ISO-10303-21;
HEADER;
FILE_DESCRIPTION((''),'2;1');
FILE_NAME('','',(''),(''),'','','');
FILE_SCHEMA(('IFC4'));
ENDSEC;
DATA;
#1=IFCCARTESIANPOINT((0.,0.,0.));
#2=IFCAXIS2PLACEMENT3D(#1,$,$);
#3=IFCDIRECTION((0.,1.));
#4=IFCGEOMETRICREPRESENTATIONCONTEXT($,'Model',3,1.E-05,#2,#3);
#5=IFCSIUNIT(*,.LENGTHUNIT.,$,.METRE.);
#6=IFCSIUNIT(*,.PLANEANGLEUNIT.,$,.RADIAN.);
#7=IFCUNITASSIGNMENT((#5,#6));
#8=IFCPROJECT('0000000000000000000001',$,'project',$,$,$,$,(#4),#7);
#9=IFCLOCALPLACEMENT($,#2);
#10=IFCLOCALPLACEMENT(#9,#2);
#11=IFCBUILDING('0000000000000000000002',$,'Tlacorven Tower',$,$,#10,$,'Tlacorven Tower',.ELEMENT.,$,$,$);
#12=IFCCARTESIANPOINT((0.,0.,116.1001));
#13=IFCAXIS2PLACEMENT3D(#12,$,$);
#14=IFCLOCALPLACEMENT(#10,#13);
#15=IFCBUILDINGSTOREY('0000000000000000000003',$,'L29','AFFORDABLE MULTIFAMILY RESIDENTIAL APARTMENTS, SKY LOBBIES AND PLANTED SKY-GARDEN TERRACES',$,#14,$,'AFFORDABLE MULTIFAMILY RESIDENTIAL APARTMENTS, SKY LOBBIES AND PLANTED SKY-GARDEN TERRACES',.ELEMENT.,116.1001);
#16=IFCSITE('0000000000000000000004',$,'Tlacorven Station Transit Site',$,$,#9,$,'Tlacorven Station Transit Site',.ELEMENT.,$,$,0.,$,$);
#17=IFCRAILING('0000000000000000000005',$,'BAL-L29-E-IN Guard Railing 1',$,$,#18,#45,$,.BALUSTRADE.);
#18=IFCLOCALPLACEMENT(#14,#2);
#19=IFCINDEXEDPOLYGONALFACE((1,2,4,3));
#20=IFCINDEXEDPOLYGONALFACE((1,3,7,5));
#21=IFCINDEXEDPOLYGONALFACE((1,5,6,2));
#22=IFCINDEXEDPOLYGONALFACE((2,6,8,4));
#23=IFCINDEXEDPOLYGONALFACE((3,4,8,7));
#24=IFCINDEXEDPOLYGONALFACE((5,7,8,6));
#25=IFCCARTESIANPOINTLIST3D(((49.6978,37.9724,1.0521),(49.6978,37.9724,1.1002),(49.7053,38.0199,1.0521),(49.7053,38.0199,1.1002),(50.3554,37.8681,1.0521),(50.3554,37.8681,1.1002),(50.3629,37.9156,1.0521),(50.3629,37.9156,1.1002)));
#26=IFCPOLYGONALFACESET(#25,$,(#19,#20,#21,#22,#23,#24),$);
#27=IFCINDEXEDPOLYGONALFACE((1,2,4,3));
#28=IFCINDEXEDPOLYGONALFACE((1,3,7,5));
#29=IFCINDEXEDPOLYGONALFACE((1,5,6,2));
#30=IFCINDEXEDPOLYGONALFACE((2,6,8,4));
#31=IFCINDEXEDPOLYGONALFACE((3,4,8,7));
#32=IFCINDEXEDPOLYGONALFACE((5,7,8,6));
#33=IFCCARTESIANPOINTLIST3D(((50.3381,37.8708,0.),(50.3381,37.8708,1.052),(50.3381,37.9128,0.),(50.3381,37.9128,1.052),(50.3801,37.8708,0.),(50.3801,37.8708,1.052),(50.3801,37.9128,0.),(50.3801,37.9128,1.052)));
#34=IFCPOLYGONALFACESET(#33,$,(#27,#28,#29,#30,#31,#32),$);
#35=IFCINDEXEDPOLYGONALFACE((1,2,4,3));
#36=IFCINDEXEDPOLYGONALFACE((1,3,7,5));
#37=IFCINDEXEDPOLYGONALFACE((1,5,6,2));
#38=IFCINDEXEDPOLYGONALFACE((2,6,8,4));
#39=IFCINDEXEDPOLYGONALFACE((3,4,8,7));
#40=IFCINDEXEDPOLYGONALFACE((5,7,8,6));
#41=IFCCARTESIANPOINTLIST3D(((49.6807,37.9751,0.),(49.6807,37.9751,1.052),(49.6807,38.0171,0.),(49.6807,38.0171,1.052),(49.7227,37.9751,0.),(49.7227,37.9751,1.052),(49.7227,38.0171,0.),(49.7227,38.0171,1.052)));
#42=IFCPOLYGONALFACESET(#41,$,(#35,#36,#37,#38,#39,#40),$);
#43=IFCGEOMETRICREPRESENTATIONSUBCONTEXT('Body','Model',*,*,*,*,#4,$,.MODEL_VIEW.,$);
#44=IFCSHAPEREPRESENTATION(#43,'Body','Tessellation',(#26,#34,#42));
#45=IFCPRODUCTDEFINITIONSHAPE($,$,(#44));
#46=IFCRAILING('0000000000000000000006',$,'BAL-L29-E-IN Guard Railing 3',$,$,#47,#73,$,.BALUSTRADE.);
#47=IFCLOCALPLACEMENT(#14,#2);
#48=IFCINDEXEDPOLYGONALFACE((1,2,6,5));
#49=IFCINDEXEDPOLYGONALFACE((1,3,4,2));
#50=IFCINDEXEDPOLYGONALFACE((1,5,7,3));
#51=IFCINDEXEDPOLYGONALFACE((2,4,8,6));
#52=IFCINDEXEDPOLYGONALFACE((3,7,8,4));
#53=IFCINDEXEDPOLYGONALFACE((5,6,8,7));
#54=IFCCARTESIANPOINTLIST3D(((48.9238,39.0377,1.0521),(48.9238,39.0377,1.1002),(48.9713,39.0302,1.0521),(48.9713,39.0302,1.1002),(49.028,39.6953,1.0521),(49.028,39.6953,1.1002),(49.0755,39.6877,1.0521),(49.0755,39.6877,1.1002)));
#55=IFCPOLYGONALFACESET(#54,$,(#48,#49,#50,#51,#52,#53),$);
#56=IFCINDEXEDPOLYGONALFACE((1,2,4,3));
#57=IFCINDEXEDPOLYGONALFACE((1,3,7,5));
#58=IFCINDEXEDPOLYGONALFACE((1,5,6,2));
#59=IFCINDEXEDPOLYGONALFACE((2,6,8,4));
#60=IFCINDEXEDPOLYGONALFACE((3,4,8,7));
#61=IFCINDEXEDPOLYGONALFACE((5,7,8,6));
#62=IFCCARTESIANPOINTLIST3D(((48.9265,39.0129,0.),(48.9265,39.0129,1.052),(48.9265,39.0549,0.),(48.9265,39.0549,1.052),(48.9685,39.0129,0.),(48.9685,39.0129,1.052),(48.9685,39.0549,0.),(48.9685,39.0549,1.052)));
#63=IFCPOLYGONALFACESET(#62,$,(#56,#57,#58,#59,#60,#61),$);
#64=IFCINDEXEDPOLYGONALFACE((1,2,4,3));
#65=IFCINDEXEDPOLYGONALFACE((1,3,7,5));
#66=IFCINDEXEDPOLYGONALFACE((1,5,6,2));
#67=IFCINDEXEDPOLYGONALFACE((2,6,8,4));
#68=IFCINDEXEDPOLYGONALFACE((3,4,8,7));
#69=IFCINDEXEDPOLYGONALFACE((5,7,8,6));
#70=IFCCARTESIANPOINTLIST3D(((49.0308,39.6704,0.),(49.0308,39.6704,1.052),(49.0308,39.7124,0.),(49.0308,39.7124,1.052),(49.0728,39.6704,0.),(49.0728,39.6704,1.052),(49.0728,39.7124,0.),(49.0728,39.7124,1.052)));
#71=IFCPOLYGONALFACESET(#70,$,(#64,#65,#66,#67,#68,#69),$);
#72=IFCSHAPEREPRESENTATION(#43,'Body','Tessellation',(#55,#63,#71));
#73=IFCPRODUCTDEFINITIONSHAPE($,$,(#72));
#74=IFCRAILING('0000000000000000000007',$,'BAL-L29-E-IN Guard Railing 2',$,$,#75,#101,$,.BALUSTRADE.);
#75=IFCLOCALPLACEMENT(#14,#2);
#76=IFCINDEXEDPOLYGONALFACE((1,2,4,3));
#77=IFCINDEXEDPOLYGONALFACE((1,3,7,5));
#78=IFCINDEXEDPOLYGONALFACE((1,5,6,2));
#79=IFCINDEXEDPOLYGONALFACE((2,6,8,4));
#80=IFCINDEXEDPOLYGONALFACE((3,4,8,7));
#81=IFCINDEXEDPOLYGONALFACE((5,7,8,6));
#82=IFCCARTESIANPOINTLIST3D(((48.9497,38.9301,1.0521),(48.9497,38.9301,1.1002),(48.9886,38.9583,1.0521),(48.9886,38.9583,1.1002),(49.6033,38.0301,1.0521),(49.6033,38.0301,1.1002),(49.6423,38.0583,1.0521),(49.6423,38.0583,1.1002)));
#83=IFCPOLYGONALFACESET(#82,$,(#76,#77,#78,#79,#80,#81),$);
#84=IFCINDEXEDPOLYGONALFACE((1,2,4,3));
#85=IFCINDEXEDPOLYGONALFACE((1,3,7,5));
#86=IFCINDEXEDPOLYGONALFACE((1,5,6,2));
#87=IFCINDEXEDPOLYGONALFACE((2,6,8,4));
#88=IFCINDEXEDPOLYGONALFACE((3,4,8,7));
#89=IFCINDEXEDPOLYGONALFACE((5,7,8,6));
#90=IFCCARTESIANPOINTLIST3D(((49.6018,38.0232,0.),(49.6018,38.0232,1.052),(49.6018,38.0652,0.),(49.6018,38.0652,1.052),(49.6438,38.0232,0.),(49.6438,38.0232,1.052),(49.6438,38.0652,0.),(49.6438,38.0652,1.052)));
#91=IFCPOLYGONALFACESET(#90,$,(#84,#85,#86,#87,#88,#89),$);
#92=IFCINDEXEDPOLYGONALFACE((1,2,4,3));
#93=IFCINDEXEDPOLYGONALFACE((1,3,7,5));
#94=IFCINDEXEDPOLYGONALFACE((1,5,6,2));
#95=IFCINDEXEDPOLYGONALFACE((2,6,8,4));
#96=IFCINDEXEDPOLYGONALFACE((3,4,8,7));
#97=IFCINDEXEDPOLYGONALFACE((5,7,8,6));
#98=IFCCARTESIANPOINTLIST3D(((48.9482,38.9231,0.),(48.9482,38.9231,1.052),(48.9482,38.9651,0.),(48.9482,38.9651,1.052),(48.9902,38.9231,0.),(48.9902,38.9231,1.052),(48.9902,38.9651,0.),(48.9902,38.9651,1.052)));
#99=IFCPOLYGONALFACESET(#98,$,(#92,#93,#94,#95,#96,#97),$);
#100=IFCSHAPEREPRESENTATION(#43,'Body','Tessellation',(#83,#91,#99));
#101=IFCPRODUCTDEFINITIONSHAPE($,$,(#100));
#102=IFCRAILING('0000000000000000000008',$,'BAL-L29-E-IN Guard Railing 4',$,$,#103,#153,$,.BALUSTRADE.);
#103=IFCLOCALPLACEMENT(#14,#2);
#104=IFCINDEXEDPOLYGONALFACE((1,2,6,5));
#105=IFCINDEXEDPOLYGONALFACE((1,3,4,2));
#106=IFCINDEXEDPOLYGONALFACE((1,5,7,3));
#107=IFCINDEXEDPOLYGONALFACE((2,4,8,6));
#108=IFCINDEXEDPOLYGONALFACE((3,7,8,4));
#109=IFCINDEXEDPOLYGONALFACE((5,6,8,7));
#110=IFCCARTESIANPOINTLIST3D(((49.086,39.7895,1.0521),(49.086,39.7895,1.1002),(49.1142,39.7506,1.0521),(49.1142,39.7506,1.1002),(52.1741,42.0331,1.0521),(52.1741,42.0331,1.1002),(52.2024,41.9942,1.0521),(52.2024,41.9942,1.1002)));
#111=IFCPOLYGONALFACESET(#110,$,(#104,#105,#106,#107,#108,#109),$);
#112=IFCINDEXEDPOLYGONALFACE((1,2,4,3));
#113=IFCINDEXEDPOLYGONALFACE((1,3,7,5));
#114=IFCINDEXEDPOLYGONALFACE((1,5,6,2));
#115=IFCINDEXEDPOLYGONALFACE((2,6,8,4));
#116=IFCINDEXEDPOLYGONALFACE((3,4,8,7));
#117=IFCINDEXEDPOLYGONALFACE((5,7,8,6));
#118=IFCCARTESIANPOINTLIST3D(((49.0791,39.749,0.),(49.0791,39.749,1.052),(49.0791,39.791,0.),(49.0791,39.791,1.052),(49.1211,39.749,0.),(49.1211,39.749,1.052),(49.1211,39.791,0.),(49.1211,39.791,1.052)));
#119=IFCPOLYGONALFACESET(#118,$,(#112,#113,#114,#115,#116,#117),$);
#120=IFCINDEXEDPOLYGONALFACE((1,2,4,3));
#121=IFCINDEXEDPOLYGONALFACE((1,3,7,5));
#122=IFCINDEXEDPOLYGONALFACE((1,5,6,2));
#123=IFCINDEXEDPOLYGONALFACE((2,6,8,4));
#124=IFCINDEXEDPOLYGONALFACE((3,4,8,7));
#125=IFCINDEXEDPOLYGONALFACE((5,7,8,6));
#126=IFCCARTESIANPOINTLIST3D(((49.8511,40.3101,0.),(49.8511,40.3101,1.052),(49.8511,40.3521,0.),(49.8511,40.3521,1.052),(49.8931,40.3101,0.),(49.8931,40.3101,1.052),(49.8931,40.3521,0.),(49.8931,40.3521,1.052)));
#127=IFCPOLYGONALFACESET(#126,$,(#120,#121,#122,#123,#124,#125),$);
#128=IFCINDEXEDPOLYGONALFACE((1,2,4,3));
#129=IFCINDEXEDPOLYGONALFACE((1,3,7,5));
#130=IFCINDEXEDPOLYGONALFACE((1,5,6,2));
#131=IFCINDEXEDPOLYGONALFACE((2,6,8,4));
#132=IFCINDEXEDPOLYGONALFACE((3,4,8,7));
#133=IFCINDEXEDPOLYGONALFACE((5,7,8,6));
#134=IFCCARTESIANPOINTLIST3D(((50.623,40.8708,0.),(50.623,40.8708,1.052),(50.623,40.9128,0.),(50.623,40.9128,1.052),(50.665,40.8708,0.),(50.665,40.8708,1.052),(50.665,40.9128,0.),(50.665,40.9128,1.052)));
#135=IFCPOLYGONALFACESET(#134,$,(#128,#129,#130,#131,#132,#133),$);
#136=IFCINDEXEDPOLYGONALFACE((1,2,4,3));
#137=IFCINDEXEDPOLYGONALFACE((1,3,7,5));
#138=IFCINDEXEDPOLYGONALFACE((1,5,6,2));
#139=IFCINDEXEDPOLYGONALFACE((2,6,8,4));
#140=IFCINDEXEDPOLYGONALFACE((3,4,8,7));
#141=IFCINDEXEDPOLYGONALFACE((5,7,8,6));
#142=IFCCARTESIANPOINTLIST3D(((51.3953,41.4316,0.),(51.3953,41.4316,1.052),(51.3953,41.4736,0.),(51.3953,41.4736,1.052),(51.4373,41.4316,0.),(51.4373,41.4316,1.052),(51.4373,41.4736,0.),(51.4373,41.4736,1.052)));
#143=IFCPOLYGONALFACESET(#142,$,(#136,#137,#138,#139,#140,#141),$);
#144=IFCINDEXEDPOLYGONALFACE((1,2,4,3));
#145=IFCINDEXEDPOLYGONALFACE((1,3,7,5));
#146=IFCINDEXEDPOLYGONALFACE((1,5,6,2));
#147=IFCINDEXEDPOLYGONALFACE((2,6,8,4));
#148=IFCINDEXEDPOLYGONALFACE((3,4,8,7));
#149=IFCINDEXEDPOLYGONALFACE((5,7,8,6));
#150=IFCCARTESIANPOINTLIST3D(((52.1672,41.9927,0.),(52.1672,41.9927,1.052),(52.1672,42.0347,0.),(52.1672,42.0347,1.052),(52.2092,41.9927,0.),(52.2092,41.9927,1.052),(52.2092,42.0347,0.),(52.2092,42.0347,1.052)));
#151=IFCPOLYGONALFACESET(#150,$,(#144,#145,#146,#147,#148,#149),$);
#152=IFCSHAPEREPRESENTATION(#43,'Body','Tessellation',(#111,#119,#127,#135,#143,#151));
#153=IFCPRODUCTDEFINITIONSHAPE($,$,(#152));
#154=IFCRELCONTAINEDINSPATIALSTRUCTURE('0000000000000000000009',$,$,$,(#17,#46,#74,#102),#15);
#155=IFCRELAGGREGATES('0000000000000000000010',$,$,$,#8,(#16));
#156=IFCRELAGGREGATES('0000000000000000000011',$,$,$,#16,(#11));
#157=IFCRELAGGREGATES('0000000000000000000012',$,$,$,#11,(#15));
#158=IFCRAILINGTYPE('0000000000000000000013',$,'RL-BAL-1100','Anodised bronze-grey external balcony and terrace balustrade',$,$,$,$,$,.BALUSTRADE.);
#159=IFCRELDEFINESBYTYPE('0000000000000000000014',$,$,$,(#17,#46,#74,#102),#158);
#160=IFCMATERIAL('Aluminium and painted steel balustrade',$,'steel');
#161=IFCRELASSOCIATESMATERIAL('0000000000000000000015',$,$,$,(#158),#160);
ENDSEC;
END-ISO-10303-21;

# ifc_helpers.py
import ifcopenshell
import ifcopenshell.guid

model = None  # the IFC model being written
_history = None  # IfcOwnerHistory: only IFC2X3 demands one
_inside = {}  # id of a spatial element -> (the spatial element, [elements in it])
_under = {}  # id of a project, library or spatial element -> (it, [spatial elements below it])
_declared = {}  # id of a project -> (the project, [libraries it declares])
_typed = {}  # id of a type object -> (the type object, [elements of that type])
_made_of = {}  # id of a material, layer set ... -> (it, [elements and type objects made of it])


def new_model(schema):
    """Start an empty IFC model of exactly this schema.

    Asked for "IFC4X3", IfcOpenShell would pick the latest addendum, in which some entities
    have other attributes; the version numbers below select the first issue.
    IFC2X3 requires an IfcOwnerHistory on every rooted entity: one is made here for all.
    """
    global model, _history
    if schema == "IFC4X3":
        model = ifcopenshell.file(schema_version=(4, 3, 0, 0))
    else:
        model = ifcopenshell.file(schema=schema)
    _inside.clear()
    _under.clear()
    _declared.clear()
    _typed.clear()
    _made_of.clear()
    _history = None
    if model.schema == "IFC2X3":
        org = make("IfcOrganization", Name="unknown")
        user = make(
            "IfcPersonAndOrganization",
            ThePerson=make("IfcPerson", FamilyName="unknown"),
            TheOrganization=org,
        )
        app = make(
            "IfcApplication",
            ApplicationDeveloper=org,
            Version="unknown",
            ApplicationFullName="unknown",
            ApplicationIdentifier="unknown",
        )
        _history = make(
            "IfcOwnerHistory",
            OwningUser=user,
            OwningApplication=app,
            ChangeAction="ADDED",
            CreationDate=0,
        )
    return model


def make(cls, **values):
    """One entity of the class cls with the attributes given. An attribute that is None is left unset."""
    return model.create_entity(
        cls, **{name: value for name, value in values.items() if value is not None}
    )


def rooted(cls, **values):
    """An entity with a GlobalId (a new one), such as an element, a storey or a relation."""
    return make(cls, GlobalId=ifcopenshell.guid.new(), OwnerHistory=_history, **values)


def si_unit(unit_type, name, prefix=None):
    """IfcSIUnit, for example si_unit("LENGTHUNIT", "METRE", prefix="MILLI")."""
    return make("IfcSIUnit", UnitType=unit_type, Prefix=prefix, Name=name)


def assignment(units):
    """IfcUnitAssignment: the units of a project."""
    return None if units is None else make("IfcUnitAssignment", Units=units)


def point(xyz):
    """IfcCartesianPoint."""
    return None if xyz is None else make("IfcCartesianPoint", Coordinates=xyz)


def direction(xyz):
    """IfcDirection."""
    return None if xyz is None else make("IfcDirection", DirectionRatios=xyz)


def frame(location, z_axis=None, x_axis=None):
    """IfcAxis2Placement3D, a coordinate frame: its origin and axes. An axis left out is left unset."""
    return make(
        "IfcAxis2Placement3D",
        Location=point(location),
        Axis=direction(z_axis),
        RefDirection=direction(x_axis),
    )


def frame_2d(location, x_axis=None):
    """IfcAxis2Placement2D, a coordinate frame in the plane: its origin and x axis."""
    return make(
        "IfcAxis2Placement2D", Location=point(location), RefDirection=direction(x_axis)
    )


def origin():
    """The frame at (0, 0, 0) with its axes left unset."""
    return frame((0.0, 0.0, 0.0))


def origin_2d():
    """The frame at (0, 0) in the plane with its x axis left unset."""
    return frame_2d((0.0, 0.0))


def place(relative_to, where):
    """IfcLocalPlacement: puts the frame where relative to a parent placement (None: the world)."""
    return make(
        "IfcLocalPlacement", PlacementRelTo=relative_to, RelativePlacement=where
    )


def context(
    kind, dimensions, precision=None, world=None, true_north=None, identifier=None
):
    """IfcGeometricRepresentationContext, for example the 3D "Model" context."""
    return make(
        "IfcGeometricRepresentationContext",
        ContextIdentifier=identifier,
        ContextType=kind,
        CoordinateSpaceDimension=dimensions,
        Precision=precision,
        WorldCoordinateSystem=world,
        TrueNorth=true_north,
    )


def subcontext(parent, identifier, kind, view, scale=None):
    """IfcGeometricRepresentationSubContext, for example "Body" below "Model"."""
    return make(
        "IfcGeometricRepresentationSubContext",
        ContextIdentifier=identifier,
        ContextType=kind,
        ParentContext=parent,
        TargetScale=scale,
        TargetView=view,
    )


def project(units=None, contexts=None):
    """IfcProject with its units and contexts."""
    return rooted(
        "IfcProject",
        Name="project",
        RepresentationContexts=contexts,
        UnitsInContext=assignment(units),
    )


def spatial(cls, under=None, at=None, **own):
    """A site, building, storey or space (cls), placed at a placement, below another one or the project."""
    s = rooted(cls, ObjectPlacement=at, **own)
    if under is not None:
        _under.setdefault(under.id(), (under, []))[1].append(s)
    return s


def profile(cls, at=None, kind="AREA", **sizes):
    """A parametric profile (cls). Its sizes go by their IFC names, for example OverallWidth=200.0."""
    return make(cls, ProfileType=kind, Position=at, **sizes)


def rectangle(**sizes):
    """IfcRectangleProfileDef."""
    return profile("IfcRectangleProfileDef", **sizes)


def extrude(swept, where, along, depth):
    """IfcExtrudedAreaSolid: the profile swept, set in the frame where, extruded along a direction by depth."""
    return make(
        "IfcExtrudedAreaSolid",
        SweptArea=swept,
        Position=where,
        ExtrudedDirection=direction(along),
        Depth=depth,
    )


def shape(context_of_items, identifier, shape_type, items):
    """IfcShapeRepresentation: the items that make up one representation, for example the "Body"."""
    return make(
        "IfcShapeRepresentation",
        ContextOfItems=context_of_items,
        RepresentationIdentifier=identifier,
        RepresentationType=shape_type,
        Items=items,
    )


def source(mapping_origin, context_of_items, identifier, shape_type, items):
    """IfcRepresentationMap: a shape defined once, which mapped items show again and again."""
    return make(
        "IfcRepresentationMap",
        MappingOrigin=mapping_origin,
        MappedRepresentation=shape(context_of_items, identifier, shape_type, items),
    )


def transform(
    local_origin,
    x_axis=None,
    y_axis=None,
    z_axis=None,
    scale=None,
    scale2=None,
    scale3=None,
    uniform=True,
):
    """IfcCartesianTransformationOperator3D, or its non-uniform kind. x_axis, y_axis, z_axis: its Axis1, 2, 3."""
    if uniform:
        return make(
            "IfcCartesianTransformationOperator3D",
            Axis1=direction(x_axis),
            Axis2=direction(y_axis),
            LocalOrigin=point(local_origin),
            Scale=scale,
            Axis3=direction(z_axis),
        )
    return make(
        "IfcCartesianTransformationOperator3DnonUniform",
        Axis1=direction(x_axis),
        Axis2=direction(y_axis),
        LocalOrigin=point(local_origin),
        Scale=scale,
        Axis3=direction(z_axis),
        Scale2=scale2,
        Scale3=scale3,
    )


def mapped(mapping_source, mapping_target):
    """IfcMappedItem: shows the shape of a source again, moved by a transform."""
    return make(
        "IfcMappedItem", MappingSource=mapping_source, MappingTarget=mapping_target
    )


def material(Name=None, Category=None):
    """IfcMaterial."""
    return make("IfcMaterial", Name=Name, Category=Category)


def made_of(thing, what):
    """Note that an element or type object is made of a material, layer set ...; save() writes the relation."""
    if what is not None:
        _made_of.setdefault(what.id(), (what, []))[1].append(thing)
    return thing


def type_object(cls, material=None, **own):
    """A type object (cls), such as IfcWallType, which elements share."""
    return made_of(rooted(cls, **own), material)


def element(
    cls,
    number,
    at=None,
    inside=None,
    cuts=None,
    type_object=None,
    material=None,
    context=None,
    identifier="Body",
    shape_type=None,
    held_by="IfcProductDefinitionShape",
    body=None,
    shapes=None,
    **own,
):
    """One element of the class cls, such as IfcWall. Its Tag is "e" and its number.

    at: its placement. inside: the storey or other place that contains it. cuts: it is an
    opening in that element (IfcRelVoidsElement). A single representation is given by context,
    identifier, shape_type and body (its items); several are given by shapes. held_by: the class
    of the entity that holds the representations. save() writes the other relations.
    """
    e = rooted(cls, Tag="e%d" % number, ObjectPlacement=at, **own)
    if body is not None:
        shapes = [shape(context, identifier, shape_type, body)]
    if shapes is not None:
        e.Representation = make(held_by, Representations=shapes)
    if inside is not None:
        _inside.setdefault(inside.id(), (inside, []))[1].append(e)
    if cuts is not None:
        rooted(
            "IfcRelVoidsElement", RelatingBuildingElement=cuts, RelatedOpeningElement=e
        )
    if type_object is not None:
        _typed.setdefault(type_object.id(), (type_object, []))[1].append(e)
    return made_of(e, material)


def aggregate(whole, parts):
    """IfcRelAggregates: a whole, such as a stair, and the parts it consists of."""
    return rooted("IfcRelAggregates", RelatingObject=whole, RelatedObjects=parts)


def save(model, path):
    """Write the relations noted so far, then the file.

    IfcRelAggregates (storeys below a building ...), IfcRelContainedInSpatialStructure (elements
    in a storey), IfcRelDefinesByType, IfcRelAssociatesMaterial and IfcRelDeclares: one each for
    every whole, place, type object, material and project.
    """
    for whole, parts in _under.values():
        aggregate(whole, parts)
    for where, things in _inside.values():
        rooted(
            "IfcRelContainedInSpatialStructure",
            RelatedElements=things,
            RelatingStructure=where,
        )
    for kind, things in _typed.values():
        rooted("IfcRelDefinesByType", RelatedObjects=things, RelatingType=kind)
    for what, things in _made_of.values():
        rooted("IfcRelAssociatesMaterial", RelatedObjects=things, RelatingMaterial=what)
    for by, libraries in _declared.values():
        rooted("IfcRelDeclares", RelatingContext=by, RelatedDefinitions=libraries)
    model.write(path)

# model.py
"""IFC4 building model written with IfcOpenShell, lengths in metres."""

from ifc_helpers import new_model, si_unit, direction, frame, origin, origin_2d, place, context, subcontext, project, spatial, rectangle, extrude, source, transform, mapped, material, type_object, element, save


model = new_model("IFC4")

# Units and contexts
model_context = context("Model", 3, precision=1e-05, world=origin(), true_north=direction((0.0, 1.0)))
body_context = subcontext(model_context, "Body", "Model", "MODEL_VIEW")
ifc_project = project(units=[si_unit("LENGTHUNIT", "METRE"), si_unit("PLANEANGLEUNIT", "RADIAN")], contexts=[model_context])

# Site, building, storey
site_placement = place(None, origin())
site = spatial("IfcSite", under=ifc_project, at=site_placement, Name="Tlacorven Station Transit Site", LongName="Tlacorven Station Transit Site", CompositionType="ELEMENT", RefElevation=0.0)
building_placement = place(site_placement, origin())
building = spatial("IfcBuilding", under=site, at=building_placement, Name="Tlacorven Tower", LongName="Tlacorven Tower", CompositionType="ELEMENT")
storey_placement = place(building_placement, frame((0.0, 0.0, 116.1001)))
storey = spatial("IfcBuildingStorey", under=building, at=storey_placement, Name="L29", Description="AFFORDABLE MULTIFAMILY RESIDENTIAL APARTMENTS, SKY LOBBIES AND PLANTED SKY-GARDEN TERRACES", LongName="AFFORDABLE MULTIFAMILY RESIDENTIAL APARTMENTS, SKY LOBBIES AND PLANTED SKY-GARDEN TERRACES", CompositionType="ELEMENT", Elevation=116.1001)

# Railings
ifc_material_1 = material(Name="Aluminium and painted steel balustrade", Category="steel")
railing_type = type_object("IfcRailingType", Name="RL-BAL-1100", Description="Anodised bronze-grey external balcony and terrace balustrade", PredefinedType="BALUSTRADE", material=ifc_material_1)
shared_shape_1 = source(origin(), body_context, "Body", "SweptSolid", [
    extrude(rectangle(XDim=0.0481, YDim=0.0481, at=origin_2d()), frame((0.0, 0.0, 1.0762), z_axis=(-0.987662, 0.156603, 0.0), x_axis=(-0.156603, -0.987662, 0.0)), (0.0, 0.0, 1.0), 0.6658),
    extrude(rectangle(XDim=0.042, YDim=0.042, at=origin_2d()), origin(), (0.0, 0.0, 1.0), 1.052),
    extrude(rectangle(XDim=0.042, YDim=0.042, at=origin_2d()), frame((-0.6575, 0.1042, 0.0)), (0.0, 0.0, 1.0), 1.052),
])
railing_1_placement = place(storey_placement, frame((50.3591, 37.8918, 0.0)))
element("IfcRailing", 1, at=railing_1_placement, inside=storey, type_object=railing_type, Name="BAL-L29-E-IN Guard Railing 1", PredefinedType="BALUSTRADE", context=body_context, shape_type="MappedRepresentation", body=[
    mapped(shared_shape_1, transform((0.0, 0.0, 0.0), scale=1.0)),
])
shared_shape_2 = source(origin(), body_context, "Body", "SweptSolid", [
    extrude(rectangle(XDim=0.0481, YDim=0.0481, at=origin_2d()), frame((0.0, 0.0, 1.0762), z_axis=(0.156603, 0.987662, 0.0), x_axis=(-0.987662, 0.156603, 0.0)), (0.0, 0.0, 1.0), 0.6658),
    extrude(rectangle(XDim=0.042, YDim=0.042, at=origin_2d()), origin(), (0.0, 0.0, 1.0), 1.052),
    extrude(rectangle(XDim=0.042, YDim=0.042, at=origin_2d()), frame((0.1042, 0.6575, 0.0)), (0.0, 0.0, 1.0), 1.052),
])
railing_2_placement = place(storey_placement, frame((48.9475, 39.0339, 0.0)))
element("IfcRailing", 2, at=railing_2_placement, inside=storey, type_object=railing_type, Name="BAL-L29-E-IN Guard Railing 3", PredefinedType="BALUSTRADE", context=body_context, shape_type="MappedRepresentation", body=[
    mapped(shared_shape_2, transform((0.0, 0.0, 0.0), scale=1.0)),
])
shared_shape_3 = source(origin(), body_context, "Body", "SweptSolid", [
    extrude(rectangle(XDim=0.0481, YDim=0.0481, at=origin_2d()), frame((0.0, 0.0, 1.0762), z_axis=(-0.587636, 0.809125, 0.0), x_axis=(-0.809125, -0.587636, 0.0)), (0.0, 0.0, 1.0), 1.1123),
    extrude(rectangle(XDim=0.042, YDim=0.042, at=origin_2d()), origin(), (0.0, 0.0, 1.0), 1.052),
    extrude(rectangle(XDim=0.042, YDim=0.042, at=origin_2d()), frame((-0.6536, 0.8999, 0.0)), (0.0, 0.0, 1.0), 1.052),
])
railing_3_placement = place(storey_placement, frame((49.6228, 38.0442, 0.0)))
element("IfcRailing", 3, at=railing_3_placement, inside=storey, type_object=railing_type, Name="BAL-L29-E-IN Guard Railing 2", PredefinedType="BALUSTRADE", context=body_context, shape_type="MappedRepresentation", body=[
    mapped(shared_shape_3, transform((0.0, 0.0, 0.0), scale=1.0)),
])
shared_shape_4 = source(origin(), body_context, "Body", "SweptSolid", [
    extrude(rectangle(XDim=0.0481, YDim=0.0481, at=origin_2d()), frame((0.0, 0.0, 1.0762), z_axis=(0.809018, 0.587784, 0.0), x_axis=(-0.587784, 0.809018, 0.0)), (0.0, 0.0, 1.0), 3.8171),
    extrude(rectangle(XDim=0.042, YDim=0.042, at=origin_2d()), origin(), (0.0, 0.0, 1.0), 1.052),
    extrude(rectangle(XDim=0.042, YDim=0.042, at=origin_2d()), frame((0.772, 0.561, 0.0)), (0.0, 0.0, 1.0), 1.052),
    extrude(rectangle(XDim=0.042, YDim=0.042, at=origin_2d()), frame((1.5439, 1.1218, 0.0)), (0.0, 0.0, 1.0), 1.052),
    extrude(rectangle(XDim=0.042, YDim=0.042, at=origin_2d()), frame((2.3162, 1.6826, 0.0)), (0.0, 0.0, 1.0), 1.052),
    extrude(rectangle(XDim=0.042, YDim=0.042, at=origin_2d()), frame((3.0881, 2.2437, 0.0)), (0.0, 0.0, 1.0), 1.052),
])
railing_4_placement = place(storey_placement, frame((49.1001, 39.77, 0.0)))
element("IfcRailing", 4, at=railing_4_placement, inside=storey, type_object=railing_type, Name="BAL-L29-E-IN Guard Railing 4", PredefinedType="BALUSTRADE", context=body_context, shape_type="MappedRepresentation", body=[
    mapped(shared_shape_4, transform((0.0, 0.0, 0.0), scale=1.0)),
])

save(model, "model.ifc")
